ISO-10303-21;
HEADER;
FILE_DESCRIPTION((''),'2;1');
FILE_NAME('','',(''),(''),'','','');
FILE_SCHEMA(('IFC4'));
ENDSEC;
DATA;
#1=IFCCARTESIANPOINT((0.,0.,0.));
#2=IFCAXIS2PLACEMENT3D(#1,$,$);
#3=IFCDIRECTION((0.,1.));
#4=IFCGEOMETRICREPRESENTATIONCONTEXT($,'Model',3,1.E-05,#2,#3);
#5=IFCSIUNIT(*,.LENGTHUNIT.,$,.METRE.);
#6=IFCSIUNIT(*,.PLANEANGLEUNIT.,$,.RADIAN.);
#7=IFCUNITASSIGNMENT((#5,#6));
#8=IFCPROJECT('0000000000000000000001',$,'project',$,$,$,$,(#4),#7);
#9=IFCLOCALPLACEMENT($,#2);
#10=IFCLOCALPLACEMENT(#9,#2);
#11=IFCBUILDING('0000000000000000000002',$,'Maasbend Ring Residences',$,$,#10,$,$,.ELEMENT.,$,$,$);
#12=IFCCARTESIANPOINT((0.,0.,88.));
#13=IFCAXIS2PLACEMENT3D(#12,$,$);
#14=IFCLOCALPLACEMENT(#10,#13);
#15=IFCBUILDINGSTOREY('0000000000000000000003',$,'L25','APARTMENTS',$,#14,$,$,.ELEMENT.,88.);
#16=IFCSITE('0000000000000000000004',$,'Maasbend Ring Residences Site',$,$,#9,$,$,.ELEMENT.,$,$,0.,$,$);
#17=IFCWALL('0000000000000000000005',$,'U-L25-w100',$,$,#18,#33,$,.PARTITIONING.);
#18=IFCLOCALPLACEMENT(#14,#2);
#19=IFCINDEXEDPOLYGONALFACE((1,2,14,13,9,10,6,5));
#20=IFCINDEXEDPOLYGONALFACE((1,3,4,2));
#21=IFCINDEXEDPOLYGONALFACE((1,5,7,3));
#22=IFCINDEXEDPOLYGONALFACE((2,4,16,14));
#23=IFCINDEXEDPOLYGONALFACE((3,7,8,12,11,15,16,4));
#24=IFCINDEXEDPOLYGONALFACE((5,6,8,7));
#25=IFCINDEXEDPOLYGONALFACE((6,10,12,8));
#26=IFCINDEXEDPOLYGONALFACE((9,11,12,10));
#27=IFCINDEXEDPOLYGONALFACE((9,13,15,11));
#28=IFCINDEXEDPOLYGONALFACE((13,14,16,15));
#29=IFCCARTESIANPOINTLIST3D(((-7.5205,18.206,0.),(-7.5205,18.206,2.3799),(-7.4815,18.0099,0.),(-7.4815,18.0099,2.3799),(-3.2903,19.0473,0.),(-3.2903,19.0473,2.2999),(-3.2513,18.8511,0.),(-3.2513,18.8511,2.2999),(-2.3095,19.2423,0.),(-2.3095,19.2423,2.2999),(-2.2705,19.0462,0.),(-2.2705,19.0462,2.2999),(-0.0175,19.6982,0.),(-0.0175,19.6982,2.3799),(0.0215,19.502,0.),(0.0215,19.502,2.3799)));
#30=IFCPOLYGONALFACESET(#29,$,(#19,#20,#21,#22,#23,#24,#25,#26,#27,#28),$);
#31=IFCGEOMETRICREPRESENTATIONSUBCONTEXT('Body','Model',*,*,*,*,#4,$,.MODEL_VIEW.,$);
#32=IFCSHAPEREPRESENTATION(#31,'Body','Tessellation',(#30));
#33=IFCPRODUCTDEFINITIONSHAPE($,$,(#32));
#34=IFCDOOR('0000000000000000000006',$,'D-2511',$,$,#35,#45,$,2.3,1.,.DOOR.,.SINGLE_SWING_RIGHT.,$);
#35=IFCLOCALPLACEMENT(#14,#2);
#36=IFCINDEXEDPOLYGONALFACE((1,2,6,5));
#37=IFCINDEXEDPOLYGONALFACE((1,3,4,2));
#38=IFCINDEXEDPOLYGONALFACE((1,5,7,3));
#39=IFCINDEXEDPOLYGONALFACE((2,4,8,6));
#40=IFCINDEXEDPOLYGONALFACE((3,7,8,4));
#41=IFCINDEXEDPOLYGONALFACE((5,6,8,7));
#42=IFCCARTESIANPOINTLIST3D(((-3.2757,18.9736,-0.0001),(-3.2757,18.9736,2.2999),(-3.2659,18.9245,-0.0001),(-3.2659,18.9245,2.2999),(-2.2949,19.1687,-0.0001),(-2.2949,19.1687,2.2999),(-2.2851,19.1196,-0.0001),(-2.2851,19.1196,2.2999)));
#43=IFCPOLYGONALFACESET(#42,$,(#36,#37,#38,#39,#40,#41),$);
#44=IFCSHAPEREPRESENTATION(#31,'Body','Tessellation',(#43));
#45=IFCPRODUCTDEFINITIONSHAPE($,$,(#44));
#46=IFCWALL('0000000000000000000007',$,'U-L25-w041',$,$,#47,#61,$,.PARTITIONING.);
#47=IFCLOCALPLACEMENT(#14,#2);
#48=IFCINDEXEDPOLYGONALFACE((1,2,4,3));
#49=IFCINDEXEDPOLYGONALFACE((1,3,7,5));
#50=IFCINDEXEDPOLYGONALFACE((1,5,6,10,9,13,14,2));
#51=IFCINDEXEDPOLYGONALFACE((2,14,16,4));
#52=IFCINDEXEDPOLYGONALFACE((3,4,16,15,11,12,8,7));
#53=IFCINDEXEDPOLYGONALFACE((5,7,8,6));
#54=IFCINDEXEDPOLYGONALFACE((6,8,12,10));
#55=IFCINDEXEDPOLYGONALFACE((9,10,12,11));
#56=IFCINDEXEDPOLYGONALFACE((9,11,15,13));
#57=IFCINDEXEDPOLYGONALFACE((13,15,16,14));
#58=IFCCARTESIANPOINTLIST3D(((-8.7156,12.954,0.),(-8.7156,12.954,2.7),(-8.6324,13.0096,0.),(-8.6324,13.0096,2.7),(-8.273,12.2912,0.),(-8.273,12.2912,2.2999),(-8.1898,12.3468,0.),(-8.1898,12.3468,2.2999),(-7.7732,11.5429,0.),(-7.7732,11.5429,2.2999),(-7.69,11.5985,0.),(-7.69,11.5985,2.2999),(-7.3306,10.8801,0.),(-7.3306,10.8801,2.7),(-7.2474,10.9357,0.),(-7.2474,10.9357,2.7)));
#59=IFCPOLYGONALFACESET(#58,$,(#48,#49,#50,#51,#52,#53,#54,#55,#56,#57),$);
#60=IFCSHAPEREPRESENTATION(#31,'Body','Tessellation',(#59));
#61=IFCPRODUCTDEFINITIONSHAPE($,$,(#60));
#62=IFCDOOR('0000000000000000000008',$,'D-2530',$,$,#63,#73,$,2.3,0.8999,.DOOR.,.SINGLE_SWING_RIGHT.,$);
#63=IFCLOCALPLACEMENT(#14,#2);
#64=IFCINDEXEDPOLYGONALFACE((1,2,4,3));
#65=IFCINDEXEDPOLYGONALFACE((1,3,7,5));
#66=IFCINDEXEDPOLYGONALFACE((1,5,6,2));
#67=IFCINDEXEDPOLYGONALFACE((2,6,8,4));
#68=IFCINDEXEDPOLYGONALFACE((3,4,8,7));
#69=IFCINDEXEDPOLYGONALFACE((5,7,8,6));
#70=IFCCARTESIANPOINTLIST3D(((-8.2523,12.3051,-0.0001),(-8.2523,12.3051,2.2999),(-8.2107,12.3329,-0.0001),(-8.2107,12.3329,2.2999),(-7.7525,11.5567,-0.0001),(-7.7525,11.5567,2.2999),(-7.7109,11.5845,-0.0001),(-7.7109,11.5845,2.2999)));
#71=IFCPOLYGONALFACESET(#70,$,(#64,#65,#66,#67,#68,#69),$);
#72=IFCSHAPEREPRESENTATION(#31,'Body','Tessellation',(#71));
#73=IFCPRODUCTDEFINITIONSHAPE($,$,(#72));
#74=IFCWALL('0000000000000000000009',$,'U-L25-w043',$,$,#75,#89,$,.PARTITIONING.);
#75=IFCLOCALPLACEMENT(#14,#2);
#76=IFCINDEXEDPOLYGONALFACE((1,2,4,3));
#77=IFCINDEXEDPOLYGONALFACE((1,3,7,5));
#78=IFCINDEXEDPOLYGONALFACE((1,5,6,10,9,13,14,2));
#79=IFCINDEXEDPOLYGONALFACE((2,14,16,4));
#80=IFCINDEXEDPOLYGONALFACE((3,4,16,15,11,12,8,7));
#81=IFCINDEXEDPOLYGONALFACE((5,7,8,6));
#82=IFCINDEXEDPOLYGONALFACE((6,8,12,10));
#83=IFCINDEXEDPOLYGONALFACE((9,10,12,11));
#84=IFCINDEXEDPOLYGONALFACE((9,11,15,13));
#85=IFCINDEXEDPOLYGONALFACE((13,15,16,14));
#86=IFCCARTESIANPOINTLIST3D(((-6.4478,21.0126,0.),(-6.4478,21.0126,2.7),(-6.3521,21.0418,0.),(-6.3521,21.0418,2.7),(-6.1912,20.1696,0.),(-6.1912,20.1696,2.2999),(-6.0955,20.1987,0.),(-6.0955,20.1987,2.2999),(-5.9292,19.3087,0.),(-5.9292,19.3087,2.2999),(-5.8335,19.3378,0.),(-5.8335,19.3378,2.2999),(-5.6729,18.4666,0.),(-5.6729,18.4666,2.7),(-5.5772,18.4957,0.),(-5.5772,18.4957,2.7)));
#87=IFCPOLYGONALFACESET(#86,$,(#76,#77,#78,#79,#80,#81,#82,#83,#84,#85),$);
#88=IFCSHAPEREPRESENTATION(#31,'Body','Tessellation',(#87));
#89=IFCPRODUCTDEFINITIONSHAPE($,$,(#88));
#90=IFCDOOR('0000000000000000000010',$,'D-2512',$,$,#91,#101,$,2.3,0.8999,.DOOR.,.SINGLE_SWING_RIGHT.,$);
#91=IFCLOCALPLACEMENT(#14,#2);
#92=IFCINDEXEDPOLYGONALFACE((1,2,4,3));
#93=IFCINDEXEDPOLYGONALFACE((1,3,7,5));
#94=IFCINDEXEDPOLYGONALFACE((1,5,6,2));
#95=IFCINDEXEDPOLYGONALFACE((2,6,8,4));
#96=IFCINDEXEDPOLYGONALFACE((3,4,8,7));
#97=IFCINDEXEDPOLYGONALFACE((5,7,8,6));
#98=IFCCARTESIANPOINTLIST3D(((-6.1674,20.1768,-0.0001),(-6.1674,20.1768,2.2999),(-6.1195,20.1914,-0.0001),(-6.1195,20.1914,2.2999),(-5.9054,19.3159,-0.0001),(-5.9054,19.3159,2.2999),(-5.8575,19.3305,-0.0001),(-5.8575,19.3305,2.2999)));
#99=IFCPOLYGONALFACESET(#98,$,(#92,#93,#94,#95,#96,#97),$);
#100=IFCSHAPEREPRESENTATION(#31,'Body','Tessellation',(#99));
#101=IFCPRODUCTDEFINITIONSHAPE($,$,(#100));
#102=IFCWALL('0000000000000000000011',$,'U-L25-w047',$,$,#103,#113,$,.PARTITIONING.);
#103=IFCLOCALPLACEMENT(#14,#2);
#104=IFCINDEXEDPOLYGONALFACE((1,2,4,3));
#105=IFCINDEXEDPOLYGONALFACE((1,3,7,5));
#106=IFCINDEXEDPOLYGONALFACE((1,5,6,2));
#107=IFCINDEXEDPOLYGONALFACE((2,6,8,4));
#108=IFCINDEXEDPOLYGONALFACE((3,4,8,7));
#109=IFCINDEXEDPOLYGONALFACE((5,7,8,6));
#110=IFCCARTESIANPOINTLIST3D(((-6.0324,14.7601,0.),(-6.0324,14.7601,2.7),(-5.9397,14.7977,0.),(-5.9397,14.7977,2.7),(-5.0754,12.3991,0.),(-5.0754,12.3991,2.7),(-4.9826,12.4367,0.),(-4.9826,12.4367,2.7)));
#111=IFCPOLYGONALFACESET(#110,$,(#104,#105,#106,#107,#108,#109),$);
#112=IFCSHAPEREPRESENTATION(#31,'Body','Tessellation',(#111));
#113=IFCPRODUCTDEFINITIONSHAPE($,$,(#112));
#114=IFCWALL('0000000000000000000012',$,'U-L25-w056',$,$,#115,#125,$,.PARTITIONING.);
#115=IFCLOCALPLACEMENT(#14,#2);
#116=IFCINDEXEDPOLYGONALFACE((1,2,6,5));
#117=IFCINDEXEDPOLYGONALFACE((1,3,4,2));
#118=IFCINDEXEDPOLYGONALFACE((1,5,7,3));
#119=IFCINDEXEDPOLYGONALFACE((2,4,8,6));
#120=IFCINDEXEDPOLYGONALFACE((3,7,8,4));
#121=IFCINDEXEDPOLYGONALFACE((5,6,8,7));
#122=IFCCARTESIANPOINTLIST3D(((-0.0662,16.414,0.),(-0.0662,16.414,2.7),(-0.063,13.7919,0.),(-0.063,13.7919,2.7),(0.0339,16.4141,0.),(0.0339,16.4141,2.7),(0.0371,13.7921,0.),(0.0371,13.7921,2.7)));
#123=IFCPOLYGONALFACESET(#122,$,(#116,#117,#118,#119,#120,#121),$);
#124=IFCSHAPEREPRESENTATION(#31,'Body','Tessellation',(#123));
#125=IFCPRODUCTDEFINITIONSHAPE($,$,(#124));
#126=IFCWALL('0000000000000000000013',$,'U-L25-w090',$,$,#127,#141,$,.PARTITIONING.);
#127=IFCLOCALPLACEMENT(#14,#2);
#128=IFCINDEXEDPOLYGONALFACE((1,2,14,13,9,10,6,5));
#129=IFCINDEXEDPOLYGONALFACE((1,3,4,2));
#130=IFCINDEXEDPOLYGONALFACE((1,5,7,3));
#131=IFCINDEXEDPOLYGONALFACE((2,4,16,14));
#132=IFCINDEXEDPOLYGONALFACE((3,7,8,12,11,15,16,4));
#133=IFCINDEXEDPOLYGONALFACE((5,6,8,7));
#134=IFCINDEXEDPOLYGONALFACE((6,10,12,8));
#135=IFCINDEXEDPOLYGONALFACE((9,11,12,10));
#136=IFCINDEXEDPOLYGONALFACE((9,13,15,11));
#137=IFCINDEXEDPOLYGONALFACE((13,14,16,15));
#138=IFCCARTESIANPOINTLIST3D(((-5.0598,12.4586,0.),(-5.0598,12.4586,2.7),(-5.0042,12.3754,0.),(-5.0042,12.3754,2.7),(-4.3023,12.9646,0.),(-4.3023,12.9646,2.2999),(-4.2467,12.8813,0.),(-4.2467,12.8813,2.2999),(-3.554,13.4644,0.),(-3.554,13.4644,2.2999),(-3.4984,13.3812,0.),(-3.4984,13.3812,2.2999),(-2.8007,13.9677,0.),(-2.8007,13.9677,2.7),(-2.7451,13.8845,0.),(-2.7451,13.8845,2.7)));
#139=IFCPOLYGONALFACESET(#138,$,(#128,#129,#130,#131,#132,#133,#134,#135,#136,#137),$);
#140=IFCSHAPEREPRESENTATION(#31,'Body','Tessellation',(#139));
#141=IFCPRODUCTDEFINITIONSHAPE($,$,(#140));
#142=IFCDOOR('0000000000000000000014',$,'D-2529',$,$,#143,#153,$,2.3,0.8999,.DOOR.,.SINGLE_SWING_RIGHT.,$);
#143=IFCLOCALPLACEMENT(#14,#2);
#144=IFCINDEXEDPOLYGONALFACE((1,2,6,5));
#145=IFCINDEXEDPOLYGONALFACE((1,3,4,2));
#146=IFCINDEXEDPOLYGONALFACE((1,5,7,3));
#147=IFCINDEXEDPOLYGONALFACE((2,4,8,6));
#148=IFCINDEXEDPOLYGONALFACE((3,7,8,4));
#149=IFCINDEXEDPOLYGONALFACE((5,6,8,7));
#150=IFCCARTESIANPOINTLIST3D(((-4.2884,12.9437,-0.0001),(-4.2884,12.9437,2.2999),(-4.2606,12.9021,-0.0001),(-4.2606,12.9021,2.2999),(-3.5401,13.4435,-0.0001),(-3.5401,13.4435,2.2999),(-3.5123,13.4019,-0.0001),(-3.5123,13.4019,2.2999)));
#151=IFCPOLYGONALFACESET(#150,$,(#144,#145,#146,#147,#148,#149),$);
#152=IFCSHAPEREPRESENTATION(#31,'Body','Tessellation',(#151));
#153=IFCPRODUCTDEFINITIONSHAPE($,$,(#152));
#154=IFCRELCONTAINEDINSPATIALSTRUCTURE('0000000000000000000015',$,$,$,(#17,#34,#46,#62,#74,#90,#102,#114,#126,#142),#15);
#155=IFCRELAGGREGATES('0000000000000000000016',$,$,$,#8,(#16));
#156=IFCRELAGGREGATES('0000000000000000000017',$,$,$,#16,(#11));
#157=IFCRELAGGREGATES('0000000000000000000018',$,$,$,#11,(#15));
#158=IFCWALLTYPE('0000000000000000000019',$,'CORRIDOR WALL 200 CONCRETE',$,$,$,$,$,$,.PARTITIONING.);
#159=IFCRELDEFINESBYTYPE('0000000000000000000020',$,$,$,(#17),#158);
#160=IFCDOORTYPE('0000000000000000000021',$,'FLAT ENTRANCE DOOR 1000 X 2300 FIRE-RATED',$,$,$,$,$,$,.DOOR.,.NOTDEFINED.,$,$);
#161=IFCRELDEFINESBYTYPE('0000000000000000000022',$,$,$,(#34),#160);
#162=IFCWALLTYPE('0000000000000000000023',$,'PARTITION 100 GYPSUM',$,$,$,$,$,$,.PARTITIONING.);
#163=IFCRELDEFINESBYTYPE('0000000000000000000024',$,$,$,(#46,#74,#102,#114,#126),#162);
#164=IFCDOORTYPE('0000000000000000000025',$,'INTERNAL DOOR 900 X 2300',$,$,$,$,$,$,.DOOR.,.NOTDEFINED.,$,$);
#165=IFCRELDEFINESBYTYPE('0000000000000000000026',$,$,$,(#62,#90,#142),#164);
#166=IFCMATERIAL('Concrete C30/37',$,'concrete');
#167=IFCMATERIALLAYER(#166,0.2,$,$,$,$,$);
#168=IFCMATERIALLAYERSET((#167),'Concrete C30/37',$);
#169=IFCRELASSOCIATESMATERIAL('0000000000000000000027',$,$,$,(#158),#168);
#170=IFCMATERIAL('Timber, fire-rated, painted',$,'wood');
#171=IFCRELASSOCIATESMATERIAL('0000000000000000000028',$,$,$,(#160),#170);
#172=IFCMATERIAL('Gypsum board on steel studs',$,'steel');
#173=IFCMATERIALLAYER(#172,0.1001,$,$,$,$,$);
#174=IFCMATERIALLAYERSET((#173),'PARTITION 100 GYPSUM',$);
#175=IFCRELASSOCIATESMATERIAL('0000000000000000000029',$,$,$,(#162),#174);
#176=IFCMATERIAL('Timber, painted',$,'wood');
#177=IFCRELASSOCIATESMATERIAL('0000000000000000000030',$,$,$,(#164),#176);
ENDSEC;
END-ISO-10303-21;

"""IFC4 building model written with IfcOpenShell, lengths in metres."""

from ifc_helpers import new_model, si_unit, direction, frame, frame_2d, origin, place, context, subcontext, project, spatial, rectangle, extrude, material, layer, layer_set, type_object, element, fill, save


model = new_model("IFC4")

# Units and contexts
model_context = context("Model", 3, precision=1e-05, world=origin(), true_north=direction((0.0, 1.0)))
body_context = subcontext(model_context, "Body", "Model", "MODEL_VIEW")
ifc_project = project(units=[si_unit("LENGTHUNIT", "METRE"), si_unit("PLANEANGLEUNIT", "RADIAN")], contexts=[model_context])

# Site, building, storey
site_placement = place(None, origin())
site = spatial("IfcSite", under=ifc_project, at=site_placement, Name="Maasbend Ring Residences Site", CompositionType="ELEMENT", RefElevation=0.0)
building_placement = place(site_placement, origin())
building = spatial("IfcBuilding", under=site, at=building_placement, Name="Maasbend Ring Residences", CompositionType="ELEMENT")
storey_placement = place(building_placement, frame((0.0, 0.0, 88.0)))
storey = spatial("IfcBuildingStorey", under=building, at=storey_placement, Name="L25", Description="APARTMENTS", CompositionType="ELEMENT", Elevation=88.0)

# Walls, openings, doors
ifc_material_1 = material(Name="Concrete C30/37", Category="concrete")
ifc_layer_1 = layer(ifc_material_1, 0.2)
ifc_layer_set_1 = layer_set([ifc_layer_1], Name="Concrete C30/37")
wall_type_1 = type_object("IfcWallType", Name="CORRIDOR WALL 200 CONCRETE", PredefinedType="PARTITIONING", material=ifc_layer_set_1)
ifc_material_2 = material(Name="Timber, fire-rated, painted", Category="wood")
door_type_1 = type_object("IfcDoorType", Name="FLAT ENTRANCE DOOR 1000 X 2300 FIRE-RATED", OperationType="NOTDEFINED", PredefinedType="DOOR", material=ifc_material_2)
wall_1_placement = place(storey_placement, frame((-7.501, 18.1079, 0.0), z_axis=(0.0, 0.0, 1.0), x_axis=(0.980791, 0.19506, 0.0)))
wall_1 = element("IfcWall", 1, at=wall_1_placement, inside=storey, type_object=wall_type_1, Name="U-L25-w100", PredefinedType="PARTITIONING", context=body_context, shape_type="SweptSolid", body=[
    extrude(rectangle(XDim=7.6499, YDim=0.2, at=frame_2d((3.825, 0.0))), origin(), (0.0, 0.0, 1.0), 2.3799),
])
opening_1_placement = place(wall_1_placement, frame((4.313, 0.0, 0.0)))
opening_1 = element("IfcOpeningElement", 2, at=opening_1_placement, cuts=wall_1, PredefinedType="OPENING", context=body_context, shape_type="SweptSolid", body=[
    extrude(rectangle(XDim=1.0, YDim=2.3, at=frame_2d((0.5, 1.1499))), frame((0.0, 0.1099, 0.0), z_axis=(0.0, -1.0, 0.0), x_axis=(1.0, 0.0, 0.0)), (0.0, 0.0, 1.0), 0.22),
])
door_1_placement = place(opening_1_placement, origin())
door_1 = element("IfcDoor", 3, at=door_1_placement, inside=storey, type_object=door_type_1, Name="D-2511", OperationType="SINGLE_SWING_RIGHT", OverallHeight=2.3, OverallWidth=1.0, PredefinedType="DOOR", context=body_context, shape_type="SweptSolid", body=[
    extrude(rectangle(XDim=1.0, YDim=2.3, at=frame_2d((0.5, 1.1499))), frame((0.0, 0.0249, 0.0), z_axis=(0.0, -1.0, 0.0), x_axis=(1.0, 0.0, 0.0)), (0.0, 0.0, 1.0), 0.05),
])
fill(opening_1, door_1)
ifc_material_3 = material(Name="Gypsum board on steel studs", Category="steel")
ifc_layer_2 = layer(ifc_material_3, 0.1001)
ifc_layer_set_2 = layer_set([ifc_layer_2], Name="PARTITION 100 GYPSUM")
wall_type_2 = type_object("IfcWallType", Name="PARTITION 100 GYPSUM", PredefinedType="PARTITIONING", material=ifc_layer_set_2)
wall_2_placement = place(storey_placement, frame((-8.6741, 12.9819, 0.0), z_axis=(0.0, 0.0, 1.0), x_axis=(0.555355, -0.831613, 0.0)))
wall_2 = element("IfcWall", 4, at=wall_2_placement, inside=storey, type_object=wall_type_2, Name="U-L25-w041", PredefinedType="PARTITIONING", context=body_context, shape_type="SweptSolid", body=[
    extrude(rectangle(XDim=2.4939, YDim=0.1001, at=frame_2d((1.2471, 0.0))), origin(), (0.0, 0.0, 1.0), 2.7),
])
opening_2_placement = place(wall_2_placement, frame((0.7971, 0.0, 0.0)))
opening_2 = element("IfcOpeningElement", 5, at=opening_2_placement, cuts=wall_2, PredefinedType="OPENING", context=body_context, shape_type="SweptSolid", body=[
    extrude(rectangle(XDim=0.8999, YDim=2.3, at=frame_2d((0.45, 1.1499))), frame((0.0, 0.0601, 0.0), z_axis=(0.0, -1.0, 0.0), x_axis=(1.0, 0.0, 0.0)), (0.0, 0.0, 1.0), 0.1201),
])
ifc_material_4 = material(Name="Timber, painted", Category="wood")
door_type_2 = type_object("IfcDoorType", Name="INTERNAL DOOR 900 X 2300", OperationType="NOTDEFINED", PredefinedType="DOOR", material=ifc_material_4)
door_2_placement = place(opening_2_placement, origin())
door_2 = element("IfcDoor", 6, at=door_2_placement, inside=storey, type_object=door_type_2, Name="D-2530", OperationType="SINGLE_SWING_RIGHT", OverallHeight=2.3, OverallWidth=0.8999, PredefinedType="DOOR", context=body_context, shape_type="SweptSolid", body=[
    extrude(rectangle(XDim=0.8999, YDim=2.3, at=frame_2d((0.45, 1.1499))), frame((0.0, 0.0249, 0.0), z_axis=(0.0, -1.0, 0.0), x_axis=(1.0, 0.0, 0.0)), (0.0, 0.0, 1.0), 0.05),
])
fill(opening_2, door_2)
wall_3_placement = place(storey_placement, frame((-6.3999, 21.0271, 0.0), z_axis=(0.0, 0.0, 1.0), x_axis=(0.291158, -0.956675, 0.0)))
wall_3 = element("IfcWall", 7, at=wall_3_placement, inside=storey, type_object=wall_type_2, Name="U-L25-w043", PredefinedType="PARTITIONING", context=body_context, shape_type="SweptSolid", body=[
    extrude(rectangle(XDim=2.6614, YDim=0.1001, at=frame_2d((1.3306, 0.0))), origin(), (0.0, 0.0, 1.0), 2.7),
])
opening_3_placement = place(wall_3_placement, frame((0.8811, 0.0, 0.0)))
opening_3 = element("IfcOpeningElement", 8, at=opening_3_placement, cuts=wall_3, PredefinedType="OPENING", context=body_context, shape_type="SweptSolid", body=[
    extrude(rectangle(XDim=0.8999, YDim=2.3, at=frame_2d((0.45, 1.1499))), frame((0.0, 0.0601, 0.0), z_axis=(0.0, -1.0, 0.0), x_axis=(1.0, 0.0, 0.0)), (0.0, 0.0, 1.0), 0.1201),
])
door_3_placement = place(opening_3_placement, origin())
door_3 = element("IfcDoor", 9, at=door_3_placement, inside=storey, type_object=door_type_2, Name="D-2512", OperationType="SINGLE_SWING_RIGHT", OverallHeight=2.3, OverallWidth=0.8999, PredefinedType="DOOR", context=body_context, shape_type="SweptSolid", body=[
    extrude(rectangle(XDim=0.8999, YDim=2.3, at=frame_2d((0.45, 1.1499))), frame((0.0, 0.0249, 0.0), z_axis=(0.0, -1.0, 0.0), x_axis=(1.0, 0.0, 0.0)), (0.0, 0.0, 1.0), 0.05),
])
fill(opening_3, door_3)

# Walls
wall_4_placement = place(storey_placement, frame((-5.9861, 14.7791, 0.0), z_axis=(0.0, 0.0, 1.0), x_axis=(0.375649, -0.926762, 0.0)))
element("IfcWall", 10, at=wall_4_placement, inside=storey, type_object=wall_type_2, Name="U-L25-w047", PredefinedType="PARTITIONING", context=body_context, shape_type="SweptSolid", body=[
    extrude(rectangle(XDim=2.5476, YDim=0.1001, at=frame_2d((1.2739, 0.0))), origin(), (0.0, 0.0, 1.0), 2.7),
])
wall_5_placement = place(storey_placement, frame((-0.0129, 13.792, 0.0), z_axis=(0.0, 0.0, 1.0), x_axis=(-0.00121, 0.999999, 0.0)))
element("IfcWall", 11, at=wall_5_placement, inside=storey, type_object=wall_type_2, Name="U-L25-w056", PredefinedType="PARTITIONING", context=body_context, shape_type="SweptSolid", body=[
    extrude(rectangle(XDim=2.6221, YDim=0.1001, at=frame_2d((1.311, 0.0))), origin(), (0.0, 0.0, 1.0), 2.7),
])

# Wall, opening, door
wall_6_placement = place(storey_placement, frame((-5.032, 12.417, 0.0), z_axis=(0.0, 0.0, 1.0), x_axis=(0.831538, 0.555467, 0.0)))
wall_6 = element("IfcWall", 12, at=wall_6_placement, inside=storey, type_object=wall_type_2, Name="U-L25-w090", PredefinedType="PARTITIONING", context=body_context, shape_type="SweptSolid", body=[
    extrude(rectangle(XDim=2.7168, YDim=0.1001, at=frame_2d((1.3584, 0.0))), origin(), (0.0, 0.0, 1.0), 2.7),
])
opening_4_placement = place(wall_6_placement, frame((0.9109, 0.0, 0.0)))
opening_4 = element("IfcOpeningElement", 13, at=opening_4_placement, cuts=wall_6, PredefinedType="OPENING", context=body_context, shape_type="SweptSolid", body=[
    extrude(rectangle(XDim=0.8999, YDim=2.3, at=frame_2d((0.45, 1.1499))), frame((0.0, 0.0601, 0.0), z_axis=(0.0, -1.0, 0.0), x_axis=(1.0, 0.0, 0.0)), (0.0, 0.0, 1.0), 0.1201),
])
door_4_placement = place(opening_4_placement, origin())
door_4 = element("IfcDoor", 14, at=door_4_placement, inside=storey, type_object=door_type_2, Name="D-2529", OperationType="SINGLE_SWING_RIGHT", OverallHeight=2.3, OverallWidth=0.8999, PredefinedType="DOOR", context=body_context, shape_type="SweptSolid", body=[
    extrude(rectangle(XDim=0.8999, YDim=2.3, at=frame_2d((0.45, 1.1499))), frame((0.0, 0.0249, 0.0), z_axis=(0.0, -1.0, 0.0), x_axis=(1.0, 0.0, 0.0)), (0.0, 0.0, 1.0), 0.05),
])
fill(opening_4, door_4)

save(model, "model.ifc")
